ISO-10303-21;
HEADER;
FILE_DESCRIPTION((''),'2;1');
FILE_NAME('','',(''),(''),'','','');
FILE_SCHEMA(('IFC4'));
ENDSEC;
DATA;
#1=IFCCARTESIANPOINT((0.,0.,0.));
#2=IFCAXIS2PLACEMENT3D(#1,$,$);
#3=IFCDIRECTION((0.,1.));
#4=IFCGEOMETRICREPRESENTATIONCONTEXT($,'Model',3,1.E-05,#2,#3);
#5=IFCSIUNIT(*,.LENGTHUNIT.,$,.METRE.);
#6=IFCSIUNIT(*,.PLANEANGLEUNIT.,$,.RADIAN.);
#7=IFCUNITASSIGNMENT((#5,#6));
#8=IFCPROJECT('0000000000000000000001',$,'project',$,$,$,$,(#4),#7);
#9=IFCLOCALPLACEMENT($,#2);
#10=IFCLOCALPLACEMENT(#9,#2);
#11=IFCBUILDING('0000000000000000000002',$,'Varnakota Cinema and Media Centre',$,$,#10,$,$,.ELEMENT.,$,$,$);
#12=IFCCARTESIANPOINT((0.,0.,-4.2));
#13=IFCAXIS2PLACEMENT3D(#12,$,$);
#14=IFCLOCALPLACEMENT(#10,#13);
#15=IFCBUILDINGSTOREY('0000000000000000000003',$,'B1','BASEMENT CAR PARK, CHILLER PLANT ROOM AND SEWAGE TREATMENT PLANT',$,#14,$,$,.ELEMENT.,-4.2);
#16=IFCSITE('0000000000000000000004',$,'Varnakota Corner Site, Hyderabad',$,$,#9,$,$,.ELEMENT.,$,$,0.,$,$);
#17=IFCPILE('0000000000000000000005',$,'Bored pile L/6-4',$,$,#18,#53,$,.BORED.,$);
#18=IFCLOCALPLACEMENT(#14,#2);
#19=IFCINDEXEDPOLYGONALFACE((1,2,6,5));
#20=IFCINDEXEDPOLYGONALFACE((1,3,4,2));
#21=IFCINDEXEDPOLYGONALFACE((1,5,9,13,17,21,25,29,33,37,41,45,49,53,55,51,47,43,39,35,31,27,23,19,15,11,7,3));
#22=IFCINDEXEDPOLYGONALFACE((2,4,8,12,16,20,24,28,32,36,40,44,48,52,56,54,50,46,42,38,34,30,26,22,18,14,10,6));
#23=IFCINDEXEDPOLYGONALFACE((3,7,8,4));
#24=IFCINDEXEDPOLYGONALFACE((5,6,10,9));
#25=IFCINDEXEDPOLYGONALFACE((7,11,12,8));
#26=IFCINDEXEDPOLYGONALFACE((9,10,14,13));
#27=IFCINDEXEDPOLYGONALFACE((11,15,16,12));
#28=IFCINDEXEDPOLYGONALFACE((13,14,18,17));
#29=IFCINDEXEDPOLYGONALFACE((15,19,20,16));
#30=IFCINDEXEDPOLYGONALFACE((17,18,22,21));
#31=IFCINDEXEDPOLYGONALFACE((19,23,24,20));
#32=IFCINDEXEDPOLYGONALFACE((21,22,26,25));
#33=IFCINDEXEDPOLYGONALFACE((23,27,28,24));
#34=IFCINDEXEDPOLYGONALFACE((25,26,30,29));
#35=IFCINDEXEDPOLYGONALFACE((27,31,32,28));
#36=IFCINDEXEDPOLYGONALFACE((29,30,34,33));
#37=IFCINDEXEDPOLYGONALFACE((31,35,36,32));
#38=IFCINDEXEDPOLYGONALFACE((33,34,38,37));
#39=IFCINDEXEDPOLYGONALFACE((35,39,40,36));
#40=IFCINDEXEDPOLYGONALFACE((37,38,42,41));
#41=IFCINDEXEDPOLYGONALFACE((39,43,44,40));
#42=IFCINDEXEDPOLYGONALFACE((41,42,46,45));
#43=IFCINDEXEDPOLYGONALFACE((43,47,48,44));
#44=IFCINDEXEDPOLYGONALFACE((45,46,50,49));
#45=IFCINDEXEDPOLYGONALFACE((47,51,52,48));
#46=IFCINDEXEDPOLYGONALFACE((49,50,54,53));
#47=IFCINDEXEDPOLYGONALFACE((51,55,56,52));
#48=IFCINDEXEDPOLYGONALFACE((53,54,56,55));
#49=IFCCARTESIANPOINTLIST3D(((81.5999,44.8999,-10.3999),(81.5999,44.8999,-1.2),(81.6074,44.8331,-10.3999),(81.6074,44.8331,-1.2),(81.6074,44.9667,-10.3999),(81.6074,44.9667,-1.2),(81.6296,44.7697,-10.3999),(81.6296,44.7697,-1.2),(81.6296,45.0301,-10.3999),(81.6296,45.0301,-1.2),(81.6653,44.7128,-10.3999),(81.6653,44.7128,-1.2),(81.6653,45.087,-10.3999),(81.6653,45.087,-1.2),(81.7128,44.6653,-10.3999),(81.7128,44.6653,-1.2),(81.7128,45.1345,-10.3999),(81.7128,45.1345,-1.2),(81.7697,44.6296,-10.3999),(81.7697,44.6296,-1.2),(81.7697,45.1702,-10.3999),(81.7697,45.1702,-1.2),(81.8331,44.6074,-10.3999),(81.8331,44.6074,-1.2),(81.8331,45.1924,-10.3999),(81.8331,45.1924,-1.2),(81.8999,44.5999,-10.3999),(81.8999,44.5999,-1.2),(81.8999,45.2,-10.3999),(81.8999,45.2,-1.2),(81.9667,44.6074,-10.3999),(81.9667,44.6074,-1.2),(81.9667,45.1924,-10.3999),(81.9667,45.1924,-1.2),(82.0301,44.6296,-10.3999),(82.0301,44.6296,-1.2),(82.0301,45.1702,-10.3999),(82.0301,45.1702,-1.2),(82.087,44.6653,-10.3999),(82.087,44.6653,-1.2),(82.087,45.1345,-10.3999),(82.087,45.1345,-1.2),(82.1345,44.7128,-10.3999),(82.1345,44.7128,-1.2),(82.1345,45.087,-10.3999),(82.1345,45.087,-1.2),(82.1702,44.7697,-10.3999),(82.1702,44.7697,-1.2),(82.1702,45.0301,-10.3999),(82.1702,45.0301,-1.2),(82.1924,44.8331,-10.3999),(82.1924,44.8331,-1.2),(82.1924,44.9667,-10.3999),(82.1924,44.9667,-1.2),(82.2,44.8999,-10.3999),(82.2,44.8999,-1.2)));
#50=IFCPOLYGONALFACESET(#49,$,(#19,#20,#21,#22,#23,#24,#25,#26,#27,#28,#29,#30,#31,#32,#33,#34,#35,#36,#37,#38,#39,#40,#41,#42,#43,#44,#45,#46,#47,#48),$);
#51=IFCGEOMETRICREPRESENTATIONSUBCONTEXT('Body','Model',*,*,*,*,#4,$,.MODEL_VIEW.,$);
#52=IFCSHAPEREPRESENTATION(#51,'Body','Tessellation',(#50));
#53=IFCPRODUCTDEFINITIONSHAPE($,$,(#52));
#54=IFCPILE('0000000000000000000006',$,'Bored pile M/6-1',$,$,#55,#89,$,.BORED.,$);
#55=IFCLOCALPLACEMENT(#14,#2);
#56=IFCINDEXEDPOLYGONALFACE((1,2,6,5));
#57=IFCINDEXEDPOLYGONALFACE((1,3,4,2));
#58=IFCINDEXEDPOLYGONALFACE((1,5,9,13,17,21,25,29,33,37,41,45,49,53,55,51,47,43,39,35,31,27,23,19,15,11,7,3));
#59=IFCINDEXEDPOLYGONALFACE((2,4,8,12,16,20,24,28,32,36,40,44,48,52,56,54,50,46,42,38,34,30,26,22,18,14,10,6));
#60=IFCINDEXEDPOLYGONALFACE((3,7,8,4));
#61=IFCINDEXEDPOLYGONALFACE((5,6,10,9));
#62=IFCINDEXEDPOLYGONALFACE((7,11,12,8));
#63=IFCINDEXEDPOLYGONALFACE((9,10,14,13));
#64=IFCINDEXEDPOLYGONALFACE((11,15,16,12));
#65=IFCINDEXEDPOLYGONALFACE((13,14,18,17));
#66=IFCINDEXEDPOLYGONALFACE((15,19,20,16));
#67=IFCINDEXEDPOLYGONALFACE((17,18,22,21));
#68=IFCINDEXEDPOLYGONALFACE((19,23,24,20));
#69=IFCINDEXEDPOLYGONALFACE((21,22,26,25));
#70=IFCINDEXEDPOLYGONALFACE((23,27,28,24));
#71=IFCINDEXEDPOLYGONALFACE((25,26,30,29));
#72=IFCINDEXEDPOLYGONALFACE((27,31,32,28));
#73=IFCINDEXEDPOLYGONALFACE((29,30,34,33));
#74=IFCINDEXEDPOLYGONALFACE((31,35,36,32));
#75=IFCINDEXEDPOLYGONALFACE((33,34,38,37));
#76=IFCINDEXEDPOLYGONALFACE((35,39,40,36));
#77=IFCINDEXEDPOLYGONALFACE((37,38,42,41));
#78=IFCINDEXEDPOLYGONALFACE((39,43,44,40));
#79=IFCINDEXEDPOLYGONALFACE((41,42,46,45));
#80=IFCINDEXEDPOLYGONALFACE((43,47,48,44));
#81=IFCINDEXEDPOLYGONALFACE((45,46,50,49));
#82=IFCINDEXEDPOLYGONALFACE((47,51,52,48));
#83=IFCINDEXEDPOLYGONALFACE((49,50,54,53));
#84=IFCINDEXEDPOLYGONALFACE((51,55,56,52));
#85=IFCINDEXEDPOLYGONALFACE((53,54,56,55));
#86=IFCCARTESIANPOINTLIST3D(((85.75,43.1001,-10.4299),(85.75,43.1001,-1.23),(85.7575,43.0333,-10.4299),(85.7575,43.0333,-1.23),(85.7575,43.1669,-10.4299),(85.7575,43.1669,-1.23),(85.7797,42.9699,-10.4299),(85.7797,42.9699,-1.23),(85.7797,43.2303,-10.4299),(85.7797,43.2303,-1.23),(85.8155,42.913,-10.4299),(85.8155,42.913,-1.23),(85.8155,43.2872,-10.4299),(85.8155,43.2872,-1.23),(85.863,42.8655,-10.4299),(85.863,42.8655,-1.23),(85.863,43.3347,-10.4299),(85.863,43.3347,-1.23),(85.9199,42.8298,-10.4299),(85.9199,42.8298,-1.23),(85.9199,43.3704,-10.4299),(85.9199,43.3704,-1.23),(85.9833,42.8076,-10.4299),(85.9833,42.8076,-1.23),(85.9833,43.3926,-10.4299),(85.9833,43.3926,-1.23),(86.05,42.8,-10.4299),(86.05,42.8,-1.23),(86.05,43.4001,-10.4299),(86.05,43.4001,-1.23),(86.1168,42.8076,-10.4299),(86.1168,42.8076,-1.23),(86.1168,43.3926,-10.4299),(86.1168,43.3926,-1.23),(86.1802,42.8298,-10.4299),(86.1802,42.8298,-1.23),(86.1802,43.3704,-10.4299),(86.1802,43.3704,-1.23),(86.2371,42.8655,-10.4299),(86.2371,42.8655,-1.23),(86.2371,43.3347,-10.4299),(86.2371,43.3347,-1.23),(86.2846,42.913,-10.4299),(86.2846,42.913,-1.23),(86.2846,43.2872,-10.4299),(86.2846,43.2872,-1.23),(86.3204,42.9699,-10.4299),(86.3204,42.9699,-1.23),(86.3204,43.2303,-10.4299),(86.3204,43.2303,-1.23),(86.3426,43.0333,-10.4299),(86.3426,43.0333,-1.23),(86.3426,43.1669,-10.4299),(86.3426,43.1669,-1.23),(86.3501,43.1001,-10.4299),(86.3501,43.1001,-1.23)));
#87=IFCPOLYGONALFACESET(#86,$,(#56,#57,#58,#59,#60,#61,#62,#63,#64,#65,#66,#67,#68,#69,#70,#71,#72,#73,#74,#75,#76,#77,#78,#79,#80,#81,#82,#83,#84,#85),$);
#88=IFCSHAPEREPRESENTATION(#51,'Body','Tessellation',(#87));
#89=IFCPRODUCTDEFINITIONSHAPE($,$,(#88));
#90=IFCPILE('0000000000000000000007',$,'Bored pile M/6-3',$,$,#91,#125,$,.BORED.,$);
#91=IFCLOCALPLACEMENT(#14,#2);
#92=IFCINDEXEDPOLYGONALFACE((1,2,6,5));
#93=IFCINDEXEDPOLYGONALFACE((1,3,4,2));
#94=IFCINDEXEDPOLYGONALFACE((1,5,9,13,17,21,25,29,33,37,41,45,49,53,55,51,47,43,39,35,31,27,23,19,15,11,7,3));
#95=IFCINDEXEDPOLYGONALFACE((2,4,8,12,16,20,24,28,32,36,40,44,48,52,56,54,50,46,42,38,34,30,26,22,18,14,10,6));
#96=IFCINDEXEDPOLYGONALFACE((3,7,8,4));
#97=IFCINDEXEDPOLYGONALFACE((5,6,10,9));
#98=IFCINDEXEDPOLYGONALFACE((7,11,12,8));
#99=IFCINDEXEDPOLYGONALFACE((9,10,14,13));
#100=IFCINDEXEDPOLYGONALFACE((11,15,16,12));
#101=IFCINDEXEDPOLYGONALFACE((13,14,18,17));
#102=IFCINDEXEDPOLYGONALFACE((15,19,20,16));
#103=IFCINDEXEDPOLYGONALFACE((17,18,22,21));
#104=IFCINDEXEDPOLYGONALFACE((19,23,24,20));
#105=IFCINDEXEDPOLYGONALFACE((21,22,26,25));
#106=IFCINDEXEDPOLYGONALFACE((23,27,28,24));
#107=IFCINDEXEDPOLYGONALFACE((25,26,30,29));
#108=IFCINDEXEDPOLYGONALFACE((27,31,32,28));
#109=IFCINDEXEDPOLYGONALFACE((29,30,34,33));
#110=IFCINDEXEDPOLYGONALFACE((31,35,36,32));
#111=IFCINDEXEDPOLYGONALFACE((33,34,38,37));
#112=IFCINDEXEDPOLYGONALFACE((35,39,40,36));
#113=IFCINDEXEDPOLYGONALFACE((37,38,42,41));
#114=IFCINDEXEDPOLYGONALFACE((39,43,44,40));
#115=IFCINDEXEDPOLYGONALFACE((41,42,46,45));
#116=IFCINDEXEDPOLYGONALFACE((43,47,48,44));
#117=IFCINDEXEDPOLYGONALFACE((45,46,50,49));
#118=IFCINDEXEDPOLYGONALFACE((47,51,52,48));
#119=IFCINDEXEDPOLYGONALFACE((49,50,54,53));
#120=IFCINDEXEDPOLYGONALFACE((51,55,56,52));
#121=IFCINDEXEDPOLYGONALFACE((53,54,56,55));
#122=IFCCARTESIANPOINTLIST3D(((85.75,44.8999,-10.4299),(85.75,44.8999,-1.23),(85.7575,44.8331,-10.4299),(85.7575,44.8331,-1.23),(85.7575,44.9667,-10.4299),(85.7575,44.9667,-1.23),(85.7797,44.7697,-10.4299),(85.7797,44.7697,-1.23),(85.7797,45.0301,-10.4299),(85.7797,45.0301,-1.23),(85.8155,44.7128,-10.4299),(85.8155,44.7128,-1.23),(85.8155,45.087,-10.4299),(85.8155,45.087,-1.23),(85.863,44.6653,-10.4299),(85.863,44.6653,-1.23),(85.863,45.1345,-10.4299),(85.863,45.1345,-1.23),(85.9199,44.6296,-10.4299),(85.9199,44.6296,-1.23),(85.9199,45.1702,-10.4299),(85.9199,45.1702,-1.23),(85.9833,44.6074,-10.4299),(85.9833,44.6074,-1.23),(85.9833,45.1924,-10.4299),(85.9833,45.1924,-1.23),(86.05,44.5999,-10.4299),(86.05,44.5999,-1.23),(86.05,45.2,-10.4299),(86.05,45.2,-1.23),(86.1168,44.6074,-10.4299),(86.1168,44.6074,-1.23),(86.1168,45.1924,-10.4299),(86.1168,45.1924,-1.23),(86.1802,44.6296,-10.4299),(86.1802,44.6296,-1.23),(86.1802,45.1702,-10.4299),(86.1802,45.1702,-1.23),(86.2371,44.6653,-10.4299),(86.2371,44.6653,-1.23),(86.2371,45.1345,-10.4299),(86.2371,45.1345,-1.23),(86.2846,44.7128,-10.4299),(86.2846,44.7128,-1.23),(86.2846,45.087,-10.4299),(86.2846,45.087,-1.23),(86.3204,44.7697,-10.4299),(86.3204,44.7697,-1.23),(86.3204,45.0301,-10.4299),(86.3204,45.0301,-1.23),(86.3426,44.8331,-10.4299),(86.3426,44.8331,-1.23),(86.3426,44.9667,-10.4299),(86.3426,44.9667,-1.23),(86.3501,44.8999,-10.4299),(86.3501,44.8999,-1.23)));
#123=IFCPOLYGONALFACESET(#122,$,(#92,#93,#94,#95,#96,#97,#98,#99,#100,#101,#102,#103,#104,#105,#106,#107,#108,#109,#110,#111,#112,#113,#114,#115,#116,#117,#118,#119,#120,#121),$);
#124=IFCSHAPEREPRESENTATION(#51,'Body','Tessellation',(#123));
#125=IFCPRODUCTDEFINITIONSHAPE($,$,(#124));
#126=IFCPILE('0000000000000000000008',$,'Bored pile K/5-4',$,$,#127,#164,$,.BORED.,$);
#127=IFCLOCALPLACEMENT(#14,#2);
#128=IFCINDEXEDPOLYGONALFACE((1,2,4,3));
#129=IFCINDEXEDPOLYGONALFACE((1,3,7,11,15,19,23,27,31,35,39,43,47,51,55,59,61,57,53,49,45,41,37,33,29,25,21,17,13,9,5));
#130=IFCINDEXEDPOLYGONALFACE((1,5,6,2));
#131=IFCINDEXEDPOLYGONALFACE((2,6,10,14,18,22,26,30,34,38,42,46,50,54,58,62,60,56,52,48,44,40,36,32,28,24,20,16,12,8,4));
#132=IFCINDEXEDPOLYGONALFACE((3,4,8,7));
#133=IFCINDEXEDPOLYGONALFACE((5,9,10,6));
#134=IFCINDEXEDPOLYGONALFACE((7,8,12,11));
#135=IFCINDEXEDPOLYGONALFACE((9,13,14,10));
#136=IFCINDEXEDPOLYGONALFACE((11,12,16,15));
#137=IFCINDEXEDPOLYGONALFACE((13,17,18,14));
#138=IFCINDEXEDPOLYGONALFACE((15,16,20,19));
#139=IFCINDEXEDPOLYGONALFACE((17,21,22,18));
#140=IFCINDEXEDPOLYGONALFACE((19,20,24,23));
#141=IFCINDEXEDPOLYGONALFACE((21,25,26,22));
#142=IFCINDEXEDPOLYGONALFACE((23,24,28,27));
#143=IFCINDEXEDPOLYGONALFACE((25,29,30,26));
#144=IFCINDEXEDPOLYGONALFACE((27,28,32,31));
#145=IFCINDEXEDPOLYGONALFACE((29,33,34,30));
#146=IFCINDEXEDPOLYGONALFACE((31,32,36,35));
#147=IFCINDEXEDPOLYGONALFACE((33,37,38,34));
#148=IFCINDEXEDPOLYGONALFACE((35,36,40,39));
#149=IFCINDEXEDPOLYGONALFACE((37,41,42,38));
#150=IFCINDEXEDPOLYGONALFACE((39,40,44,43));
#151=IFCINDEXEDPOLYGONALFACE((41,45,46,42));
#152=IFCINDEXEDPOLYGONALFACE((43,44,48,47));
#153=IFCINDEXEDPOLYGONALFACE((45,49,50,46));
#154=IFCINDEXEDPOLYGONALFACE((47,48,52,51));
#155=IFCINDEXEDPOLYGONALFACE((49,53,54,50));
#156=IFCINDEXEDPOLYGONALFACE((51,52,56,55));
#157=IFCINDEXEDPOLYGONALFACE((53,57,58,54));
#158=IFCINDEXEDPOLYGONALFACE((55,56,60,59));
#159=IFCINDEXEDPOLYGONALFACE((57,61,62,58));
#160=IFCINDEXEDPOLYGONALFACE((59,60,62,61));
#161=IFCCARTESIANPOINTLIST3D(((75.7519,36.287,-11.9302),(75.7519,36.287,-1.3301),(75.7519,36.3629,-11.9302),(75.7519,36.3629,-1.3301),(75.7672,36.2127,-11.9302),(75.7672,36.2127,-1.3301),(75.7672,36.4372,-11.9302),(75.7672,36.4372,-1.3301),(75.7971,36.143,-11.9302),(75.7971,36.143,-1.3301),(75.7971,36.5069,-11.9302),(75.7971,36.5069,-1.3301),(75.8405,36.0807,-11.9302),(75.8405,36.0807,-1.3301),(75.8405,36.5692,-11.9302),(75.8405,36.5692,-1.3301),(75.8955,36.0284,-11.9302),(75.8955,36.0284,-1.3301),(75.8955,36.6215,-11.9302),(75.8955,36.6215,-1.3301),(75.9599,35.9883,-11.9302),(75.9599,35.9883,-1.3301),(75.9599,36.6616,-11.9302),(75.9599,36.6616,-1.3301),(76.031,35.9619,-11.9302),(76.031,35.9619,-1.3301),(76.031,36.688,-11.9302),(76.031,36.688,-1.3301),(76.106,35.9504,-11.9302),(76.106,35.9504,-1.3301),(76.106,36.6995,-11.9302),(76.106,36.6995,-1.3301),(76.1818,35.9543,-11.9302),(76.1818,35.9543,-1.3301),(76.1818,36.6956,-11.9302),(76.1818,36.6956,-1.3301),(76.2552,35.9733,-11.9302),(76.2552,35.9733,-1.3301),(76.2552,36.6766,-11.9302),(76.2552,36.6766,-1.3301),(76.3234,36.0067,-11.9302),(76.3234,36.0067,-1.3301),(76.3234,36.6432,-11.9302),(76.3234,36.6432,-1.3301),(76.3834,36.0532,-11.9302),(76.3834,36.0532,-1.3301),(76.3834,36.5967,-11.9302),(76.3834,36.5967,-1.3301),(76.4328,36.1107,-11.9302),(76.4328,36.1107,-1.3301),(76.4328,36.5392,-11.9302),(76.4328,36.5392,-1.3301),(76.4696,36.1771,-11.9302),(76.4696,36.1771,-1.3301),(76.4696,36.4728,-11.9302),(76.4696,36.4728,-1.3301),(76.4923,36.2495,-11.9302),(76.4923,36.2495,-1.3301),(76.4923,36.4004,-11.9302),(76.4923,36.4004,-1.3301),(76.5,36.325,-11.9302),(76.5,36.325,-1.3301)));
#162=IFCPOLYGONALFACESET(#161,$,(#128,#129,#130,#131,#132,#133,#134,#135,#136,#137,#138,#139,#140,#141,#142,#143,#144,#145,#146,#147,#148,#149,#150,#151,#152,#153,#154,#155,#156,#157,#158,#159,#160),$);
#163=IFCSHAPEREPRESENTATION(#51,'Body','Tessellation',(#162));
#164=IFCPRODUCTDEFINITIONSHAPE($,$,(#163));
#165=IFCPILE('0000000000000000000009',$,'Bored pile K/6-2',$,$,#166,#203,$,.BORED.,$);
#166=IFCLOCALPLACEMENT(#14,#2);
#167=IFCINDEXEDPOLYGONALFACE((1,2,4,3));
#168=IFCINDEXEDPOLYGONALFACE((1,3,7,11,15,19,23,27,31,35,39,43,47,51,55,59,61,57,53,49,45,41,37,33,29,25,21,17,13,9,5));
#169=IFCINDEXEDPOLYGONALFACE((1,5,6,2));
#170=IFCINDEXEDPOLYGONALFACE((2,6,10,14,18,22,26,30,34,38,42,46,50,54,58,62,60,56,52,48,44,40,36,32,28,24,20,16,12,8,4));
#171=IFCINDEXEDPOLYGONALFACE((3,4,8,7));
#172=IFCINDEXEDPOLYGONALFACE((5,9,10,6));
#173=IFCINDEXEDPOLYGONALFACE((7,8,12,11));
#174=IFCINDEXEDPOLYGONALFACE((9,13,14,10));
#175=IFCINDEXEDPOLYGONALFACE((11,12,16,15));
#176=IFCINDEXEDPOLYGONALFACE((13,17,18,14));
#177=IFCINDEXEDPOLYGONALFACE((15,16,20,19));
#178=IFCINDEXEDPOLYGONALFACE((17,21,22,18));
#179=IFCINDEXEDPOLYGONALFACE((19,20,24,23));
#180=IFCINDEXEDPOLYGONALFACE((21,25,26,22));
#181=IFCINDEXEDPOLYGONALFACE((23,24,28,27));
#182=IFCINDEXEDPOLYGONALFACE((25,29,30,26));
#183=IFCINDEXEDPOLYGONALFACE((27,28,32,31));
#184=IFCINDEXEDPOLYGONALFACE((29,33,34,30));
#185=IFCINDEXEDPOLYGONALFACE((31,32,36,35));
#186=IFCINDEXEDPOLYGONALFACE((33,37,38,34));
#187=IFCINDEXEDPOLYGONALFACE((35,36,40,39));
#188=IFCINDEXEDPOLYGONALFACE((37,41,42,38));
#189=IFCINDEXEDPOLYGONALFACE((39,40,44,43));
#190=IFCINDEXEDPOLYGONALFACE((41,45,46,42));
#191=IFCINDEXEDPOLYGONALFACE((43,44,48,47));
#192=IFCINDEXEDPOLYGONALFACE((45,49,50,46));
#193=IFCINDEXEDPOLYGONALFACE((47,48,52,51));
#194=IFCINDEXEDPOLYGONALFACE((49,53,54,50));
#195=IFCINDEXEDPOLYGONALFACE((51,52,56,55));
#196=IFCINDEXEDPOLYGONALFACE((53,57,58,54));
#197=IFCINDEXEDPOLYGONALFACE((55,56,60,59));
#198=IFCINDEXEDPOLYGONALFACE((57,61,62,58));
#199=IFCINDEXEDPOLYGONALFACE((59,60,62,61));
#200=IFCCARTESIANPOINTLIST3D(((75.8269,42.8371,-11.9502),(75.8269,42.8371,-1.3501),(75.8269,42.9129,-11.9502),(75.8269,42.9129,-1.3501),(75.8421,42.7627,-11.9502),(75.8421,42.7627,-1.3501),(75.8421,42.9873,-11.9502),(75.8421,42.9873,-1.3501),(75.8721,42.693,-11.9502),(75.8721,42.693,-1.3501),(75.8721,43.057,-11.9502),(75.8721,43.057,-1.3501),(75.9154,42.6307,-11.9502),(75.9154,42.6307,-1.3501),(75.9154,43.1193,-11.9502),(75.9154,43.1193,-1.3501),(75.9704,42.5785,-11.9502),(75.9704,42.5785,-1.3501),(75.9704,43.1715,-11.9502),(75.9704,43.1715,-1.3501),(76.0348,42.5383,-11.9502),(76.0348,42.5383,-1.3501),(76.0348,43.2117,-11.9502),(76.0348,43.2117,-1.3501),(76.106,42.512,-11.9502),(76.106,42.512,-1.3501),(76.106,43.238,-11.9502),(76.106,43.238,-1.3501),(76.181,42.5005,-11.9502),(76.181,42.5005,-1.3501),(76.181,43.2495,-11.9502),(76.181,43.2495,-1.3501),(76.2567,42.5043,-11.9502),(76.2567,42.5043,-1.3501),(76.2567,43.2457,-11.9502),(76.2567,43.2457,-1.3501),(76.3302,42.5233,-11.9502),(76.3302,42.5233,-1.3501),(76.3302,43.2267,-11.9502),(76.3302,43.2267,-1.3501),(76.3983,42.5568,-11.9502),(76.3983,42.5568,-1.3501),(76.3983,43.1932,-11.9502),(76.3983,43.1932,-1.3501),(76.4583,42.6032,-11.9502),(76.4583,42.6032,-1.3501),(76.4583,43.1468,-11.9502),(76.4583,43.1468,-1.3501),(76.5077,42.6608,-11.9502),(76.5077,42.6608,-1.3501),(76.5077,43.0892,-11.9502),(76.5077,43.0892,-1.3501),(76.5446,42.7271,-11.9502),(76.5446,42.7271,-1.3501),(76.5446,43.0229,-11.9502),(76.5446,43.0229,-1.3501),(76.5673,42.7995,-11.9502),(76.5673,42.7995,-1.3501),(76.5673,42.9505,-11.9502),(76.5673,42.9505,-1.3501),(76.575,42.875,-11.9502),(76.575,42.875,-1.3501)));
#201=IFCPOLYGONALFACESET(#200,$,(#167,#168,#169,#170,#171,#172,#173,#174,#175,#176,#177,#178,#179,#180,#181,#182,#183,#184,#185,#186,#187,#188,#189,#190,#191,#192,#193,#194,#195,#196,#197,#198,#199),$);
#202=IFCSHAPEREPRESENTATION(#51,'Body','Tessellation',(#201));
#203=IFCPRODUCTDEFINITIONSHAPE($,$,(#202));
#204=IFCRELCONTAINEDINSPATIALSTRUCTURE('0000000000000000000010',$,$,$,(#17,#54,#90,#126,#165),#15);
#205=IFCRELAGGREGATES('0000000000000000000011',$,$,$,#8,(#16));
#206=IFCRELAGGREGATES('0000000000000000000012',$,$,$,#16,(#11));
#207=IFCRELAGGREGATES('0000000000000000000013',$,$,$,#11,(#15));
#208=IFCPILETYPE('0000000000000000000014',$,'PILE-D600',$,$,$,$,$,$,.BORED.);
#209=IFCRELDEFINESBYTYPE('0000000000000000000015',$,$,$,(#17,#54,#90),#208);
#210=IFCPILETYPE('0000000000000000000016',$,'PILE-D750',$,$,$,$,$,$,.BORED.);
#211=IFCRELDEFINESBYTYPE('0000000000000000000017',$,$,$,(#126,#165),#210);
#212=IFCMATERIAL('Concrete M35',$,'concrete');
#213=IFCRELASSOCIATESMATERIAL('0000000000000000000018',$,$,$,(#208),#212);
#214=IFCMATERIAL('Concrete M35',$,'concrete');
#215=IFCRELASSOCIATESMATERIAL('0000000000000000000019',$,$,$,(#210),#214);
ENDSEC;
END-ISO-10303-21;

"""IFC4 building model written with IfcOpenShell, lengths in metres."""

from ifc_helpers import new_model, si_unit, direction, frame, origin, origin_2d, place, context, subcontext, project, spatial, circle, extrude, material, material_profile, profile_set, type_object, element, save


model = new_model("IFC4")

# Units and contexts
model_context = context("Model", 3, precision=1e-05, world=origin(), true_north=direction((0.0, 1.0)))
body_context = subcontext(model_context, "Body", "Model", "MODEL_VIEW")
ifc_project = project(units=[si_unit("LENGTHUNIT", "METRE"), si_unit("PLANEANGLEUNIT", "RADIAN")], contexts=[model_context])

# Site, building, storey
site_placement = place(None, origin())
site = spatial("IfcSite", under=ifc_project, at=site_placement, Name="Varnakota Corner Site, Hyderabad", CompositionType="ELEMENT", RefElevation=0.0)
building_placement = place(site_placement, origin())
building = spatial("IfcBuilding", under=site, at=building_placement, Name="Varnakota Cinema and Media Centre", CompositionType="ELEMENT")
storey_placement = place(building_placement, frame((0.0, 0.0, -4.2)))
storey = spatial("IfcBuildingStorey", under=building, at=storey_placement, Name="B1", Description="BASEMENT CAR PARK, CHILLER PLANT ROOM AND SEWAGE TREATMENT PLANT", CompositionType="ELEMENT", Elevation=-4.2)

# Piles
ifc_material_1 = material(Name="Concrete M35", Category="concrete")
ifc_material_profile_1 = material_profile(ifc_material_1, circle(Radius=0.3, at=origin_2d()), Name="PILE D600")
ifc_profile_set_1 = profile_set([ifc_material_profile_1], Name="Concrete M35")
pile_type_1 = type_object("IfcPileType", Name="PILE-D600", PredefinedType="BORED", material=ifc_profile_set_1)
for number, where, z_axis, x_axis, name in (
    (1, (81.8999, 44.8999, -1.2), (0.0, 0.0, -1.0), (1.0, 0.0, 0.0), "Bored pile L/6-4"),
    (2, (86.05, 43.1001, -1.23), (0.0, 0.0, -1.0), (1.0, 0.0, 0.0), "Bored pile M/6-1"),
    (3, (86.05, 44.8999, -1.23), (0.0, 0.0, -1.0), (1.0, 0.0, 0.0), "Bored pile M/6-3"),
):
    element("IfcPile", number, at=place(storey_placement, frame(where, z_axis=z_axis, x_axis=x_axis)), inside=storey, type_object=pile_type_1, Name=name, PredefinedType="BORED", context=body_context, shape_type="SweptSolid", body=[
        extrude(circle(Radius=0.3, at=origin_2d()), origin(), (0.0, 0.0, 1.0), 9.2),
    ])
ifc_material_2 = material(Name="Concrete M35", Category="concrete")
ifc_material_profile_2 = material_profile(ifc_material_2, circle(Radius=0.375, at=origin_2d()), Name="PILE D750")
ifc_profile_set_2 = profile_set([ifc_material_profile_2], Name="Concrete M35")
pile_type_2 = type_object("IfcPileType", Name="PILE-D750", PredefinedType="BORED", material=ifc_profile_set_2)
for number, where, z_axis, x_axis, name in (
    (4, (76.125, 36.325, -1.3301), (0.0, 0.0, -1.0), (1.0, 0.0, 0.0), "Bored pile K/5-4"),
    (5, (76.2, 42.875, -1.3501), (0.0, 0.0, -1.0), (1.0, 0.0, 0.0), "Bored pile K/6-2"),
):
    element("IfcPile", number, at=place(storey_placement, frame(where, z_axis=z_axis, x_axis=x_axis)), inside=storey, type_object=pile_type_2, Name=name, PredefinedType="BORED", context=body_context, shape_type="SweptSolid", body=[
        extrude(circle(Radius=0.375, at=origin_2d()), origin(), (0.0, 0.0, 1.0), 10.6001),
    ])

save(model, "model.ifc")
